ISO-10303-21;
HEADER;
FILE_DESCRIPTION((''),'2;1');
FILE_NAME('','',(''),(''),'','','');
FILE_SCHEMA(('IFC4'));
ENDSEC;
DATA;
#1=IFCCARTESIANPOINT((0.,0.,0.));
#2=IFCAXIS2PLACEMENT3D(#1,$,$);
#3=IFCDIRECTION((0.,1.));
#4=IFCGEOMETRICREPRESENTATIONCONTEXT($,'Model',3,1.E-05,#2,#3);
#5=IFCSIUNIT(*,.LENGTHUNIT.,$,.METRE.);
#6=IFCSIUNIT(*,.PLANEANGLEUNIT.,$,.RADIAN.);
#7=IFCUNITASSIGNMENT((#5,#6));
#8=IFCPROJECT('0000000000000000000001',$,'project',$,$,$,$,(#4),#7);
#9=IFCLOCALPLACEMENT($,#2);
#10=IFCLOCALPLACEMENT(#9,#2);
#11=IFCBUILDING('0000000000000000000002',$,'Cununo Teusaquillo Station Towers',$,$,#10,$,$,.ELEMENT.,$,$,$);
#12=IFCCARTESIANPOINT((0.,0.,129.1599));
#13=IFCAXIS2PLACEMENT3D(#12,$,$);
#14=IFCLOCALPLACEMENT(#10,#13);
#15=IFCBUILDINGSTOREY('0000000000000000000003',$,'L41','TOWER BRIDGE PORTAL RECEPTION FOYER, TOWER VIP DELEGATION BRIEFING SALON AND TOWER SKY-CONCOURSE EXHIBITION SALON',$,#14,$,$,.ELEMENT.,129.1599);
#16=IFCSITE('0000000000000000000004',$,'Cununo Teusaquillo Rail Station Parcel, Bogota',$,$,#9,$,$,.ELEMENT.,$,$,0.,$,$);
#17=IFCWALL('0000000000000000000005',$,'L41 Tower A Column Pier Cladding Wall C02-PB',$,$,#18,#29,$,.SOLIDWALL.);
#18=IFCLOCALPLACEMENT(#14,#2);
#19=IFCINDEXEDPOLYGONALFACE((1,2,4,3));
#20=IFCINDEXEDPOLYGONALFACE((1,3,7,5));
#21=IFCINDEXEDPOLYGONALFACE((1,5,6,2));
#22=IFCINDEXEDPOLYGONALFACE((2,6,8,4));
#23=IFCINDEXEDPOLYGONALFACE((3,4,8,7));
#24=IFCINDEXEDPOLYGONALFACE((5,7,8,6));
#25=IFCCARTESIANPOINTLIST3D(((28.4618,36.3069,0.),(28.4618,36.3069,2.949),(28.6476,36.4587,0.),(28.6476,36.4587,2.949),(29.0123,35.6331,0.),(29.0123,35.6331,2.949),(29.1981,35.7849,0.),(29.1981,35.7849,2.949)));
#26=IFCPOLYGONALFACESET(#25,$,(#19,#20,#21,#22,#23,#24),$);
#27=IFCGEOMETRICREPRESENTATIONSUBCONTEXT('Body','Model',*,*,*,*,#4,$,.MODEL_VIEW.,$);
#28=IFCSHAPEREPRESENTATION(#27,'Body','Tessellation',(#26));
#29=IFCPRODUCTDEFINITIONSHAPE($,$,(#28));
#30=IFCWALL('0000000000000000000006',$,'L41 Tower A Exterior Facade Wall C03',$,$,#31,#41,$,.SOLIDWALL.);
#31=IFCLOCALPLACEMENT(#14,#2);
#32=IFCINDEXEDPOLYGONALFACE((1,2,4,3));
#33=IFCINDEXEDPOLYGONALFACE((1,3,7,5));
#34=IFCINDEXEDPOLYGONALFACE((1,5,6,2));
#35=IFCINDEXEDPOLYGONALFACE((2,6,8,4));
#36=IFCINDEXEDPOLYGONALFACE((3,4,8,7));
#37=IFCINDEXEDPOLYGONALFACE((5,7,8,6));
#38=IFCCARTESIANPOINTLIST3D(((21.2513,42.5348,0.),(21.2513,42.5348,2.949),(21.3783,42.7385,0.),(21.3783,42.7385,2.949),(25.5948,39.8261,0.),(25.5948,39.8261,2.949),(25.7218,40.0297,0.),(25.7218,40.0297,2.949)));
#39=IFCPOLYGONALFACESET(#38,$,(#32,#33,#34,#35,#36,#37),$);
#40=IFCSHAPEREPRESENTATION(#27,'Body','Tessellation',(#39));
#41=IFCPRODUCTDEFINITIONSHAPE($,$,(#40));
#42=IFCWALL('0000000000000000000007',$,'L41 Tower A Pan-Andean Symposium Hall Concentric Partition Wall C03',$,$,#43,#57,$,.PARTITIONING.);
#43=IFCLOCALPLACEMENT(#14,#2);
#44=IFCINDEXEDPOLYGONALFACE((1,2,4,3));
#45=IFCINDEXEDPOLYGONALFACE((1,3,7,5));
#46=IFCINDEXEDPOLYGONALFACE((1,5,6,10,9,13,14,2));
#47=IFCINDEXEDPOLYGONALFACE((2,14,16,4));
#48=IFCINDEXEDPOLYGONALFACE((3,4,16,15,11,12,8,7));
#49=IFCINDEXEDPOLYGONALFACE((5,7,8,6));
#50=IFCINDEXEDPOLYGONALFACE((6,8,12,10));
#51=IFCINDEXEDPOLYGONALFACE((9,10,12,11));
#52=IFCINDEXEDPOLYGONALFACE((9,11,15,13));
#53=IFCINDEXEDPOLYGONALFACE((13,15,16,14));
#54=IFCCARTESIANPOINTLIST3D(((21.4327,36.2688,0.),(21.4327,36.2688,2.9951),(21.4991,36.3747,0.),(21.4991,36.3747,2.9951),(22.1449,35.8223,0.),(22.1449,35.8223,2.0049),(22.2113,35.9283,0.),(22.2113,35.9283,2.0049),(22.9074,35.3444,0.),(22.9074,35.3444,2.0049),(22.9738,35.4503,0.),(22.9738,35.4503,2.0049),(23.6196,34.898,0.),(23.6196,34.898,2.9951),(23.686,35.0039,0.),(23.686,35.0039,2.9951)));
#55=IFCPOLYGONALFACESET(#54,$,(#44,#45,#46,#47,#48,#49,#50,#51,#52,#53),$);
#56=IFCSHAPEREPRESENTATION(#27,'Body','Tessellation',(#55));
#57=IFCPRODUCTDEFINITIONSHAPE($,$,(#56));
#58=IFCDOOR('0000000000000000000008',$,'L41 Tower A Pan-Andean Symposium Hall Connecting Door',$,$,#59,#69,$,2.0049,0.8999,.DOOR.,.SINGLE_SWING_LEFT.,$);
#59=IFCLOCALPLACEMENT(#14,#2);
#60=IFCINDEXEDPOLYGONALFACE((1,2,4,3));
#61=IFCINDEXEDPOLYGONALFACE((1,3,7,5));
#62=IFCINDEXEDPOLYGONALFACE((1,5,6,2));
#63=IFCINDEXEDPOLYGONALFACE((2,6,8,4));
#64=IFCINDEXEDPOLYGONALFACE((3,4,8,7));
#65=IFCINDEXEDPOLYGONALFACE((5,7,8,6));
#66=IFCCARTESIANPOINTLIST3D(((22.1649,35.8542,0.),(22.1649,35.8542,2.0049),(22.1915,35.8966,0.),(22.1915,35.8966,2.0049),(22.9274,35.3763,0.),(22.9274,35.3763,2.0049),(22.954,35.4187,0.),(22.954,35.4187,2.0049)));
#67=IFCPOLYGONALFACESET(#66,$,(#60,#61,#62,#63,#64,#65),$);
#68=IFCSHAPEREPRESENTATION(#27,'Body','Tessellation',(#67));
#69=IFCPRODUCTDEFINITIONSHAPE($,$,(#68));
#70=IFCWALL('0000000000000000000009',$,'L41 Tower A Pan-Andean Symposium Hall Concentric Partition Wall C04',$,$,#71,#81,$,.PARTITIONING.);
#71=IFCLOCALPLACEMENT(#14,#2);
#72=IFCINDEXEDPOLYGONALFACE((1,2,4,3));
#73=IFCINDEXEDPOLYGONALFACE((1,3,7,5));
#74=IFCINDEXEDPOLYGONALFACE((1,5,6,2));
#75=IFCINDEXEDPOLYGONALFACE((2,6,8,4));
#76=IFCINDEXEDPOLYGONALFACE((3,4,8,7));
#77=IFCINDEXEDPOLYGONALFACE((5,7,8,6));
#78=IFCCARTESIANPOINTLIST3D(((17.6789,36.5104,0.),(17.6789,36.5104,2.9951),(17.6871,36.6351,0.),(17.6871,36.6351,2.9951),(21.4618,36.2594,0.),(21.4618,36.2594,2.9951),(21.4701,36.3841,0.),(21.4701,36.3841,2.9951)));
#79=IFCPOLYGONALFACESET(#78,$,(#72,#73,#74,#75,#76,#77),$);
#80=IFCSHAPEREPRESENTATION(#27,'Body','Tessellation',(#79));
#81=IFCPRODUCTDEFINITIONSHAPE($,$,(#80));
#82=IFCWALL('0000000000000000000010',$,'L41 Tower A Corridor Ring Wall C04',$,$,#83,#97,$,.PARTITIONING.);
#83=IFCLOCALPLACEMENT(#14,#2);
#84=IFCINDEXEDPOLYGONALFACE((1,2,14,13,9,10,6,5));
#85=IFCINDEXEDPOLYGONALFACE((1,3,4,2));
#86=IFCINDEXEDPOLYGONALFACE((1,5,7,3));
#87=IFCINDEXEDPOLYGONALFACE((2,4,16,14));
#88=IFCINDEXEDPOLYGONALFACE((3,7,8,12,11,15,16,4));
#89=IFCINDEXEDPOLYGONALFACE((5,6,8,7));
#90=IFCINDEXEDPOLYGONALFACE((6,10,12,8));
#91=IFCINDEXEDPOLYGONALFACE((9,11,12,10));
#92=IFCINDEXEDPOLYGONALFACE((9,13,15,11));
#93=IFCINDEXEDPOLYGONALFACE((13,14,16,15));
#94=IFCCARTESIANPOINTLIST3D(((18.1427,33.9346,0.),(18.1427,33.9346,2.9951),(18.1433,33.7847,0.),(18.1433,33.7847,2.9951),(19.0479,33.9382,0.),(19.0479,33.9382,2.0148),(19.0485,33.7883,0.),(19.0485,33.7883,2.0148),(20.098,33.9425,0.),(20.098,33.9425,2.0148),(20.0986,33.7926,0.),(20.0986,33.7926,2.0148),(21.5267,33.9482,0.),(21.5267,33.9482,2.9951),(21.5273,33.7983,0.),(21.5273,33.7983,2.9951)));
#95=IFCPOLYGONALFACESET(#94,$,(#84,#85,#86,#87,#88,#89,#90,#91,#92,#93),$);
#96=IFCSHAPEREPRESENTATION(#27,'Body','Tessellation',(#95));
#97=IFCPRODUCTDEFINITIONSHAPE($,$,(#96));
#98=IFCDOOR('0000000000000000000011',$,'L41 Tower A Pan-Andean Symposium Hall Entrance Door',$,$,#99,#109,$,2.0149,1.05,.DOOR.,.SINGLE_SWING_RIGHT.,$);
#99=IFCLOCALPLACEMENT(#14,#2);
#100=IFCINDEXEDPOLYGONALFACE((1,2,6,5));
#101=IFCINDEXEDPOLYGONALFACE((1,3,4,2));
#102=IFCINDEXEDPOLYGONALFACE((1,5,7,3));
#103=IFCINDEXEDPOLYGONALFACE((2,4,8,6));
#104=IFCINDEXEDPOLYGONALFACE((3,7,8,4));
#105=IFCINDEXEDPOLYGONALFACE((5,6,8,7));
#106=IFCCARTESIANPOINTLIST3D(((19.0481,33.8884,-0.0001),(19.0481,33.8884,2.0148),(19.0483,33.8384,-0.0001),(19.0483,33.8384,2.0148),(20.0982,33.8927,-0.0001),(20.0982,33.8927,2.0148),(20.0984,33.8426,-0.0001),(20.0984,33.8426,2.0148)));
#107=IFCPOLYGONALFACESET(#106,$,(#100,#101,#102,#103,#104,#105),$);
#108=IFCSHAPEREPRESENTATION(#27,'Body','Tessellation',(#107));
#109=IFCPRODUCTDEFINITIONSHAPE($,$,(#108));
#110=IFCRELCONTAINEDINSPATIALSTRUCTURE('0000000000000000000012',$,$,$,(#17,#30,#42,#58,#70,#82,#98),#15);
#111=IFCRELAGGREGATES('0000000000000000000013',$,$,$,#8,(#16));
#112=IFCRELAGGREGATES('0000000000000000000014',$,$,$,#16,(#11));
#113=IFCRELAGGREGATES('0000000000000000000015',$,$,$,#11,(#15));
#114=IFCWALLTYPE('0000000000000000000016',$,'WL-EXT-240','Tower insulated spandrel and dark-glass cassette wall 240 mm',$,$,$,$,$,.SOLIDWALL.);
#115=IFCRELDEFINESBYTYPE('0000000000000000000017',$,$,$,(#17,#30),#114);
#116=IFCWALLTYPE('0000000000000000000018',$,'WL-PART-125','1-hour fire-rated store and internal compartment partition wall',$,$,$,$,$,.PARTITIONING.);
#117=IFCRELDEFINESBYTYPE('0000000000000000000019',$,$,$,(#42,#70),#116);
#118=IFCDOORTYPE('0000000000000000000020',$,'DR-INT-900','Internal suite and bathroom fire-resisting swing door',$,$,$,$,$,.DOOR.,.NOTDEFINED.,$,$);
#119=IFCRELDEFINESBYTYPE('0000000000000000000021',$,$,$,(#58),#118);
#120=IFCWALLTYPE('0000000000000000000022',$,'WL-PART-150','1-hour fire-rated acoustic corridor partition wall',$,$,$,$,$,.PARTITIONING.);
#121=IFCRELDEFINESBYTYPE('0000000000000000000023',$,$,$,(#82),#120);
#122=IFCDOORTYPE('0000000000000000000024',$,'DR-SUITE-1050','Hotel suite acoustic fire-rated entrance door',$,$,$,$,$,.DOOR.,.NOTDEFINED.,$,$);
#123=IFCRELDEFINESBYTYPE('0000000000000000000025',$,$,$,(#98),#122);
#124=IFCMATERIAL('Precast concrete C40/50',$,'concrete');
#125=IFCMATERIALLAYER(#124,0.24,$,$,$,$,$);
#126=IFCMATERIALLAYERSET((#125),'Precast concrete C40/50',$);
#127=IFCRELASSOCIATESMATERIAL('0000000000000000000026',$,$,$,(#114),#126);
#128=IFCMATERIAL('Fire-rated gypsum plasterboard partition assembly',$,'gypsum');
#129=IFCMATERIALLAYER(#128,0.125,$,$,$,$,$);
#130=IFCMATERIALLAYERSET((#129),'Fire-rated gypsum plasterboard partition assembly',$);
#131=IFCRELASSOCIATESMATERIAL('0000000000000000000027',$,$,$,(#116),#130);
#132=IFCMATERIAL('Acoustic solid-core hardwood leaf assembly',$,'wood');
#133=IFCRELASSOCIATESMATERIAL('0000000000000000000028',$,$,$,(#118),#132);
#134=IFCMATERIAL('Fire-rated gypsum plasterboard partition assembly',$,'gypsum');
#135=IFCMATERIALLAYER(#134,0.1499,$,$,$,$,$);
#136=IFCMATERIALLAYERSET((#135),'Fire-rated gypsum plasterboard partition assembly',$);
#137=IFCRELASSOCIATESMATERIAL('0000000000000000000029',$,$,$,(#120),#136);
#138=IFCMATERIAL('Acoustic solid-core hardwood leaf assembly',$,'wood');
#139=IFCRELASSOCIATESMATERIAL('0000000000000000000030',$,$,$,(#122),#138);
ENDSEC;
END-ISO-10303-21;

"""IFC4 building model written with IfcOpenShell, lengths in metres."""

from ifc_helpers import new_model, si_unit, direction, frame, frame_2d, origin, place, context, subcontext, project, spatial, rectangle, extrude, source, transform, mapped, material, layer, layer_set, type_object, element, fill, save


model = new_model("IFC4")

# Units and contexts
model_context = context("Model", 3, precision=1e-05, world=origin(), true_north=direction((0.0, 1.0)))
body_context = subcontext(model_context, "Body", "Model", "MODEL_VIEW")
ifc_project = project(units=[si_unit("LENGTHUNIT", "METRE"), si_unit("PLANEANGLEUNIT", "RADIAN")], contexts=[model_context])

# Site, building, storey
site_placement = place(None, origin())
site = spatial("IfcSite", under=ifc_project, at=site_placement, Name="Cununo Teusaquillo Rail Station Parcel, Bogota", CompositionType="ELEMENT", RefElevation=0.0)
building_placement = place(site_placement, origin())
building = spatial("IfcBuilding", under=site, at=building_placement, Name="Cununo Teusaquillo Station Towers", CompositionType="ELEMENT")
storey_placement = place(building_placement, frame((0.0, 0.0, 129.1599)))
storey = spatial("IfcBuildingStorey", under=building, at=storey_placement, Name="L41", Description="TOWER BRIDGE PORTAL RECEPTION FOYER, TOWER VIP DELEGATION BRIEFING SALON AND TOWER SKY-CONCOURSE EXHIBITION SALON", CompositionType="ELEMENT", Elevation=129.1599)

# Walls
ifc_material_1 = material(Name="Precast concrete C40/50", Category="concrete")
ifc_layer_1 = layer(ifc_material_1, 0.24)
ifc_layer_set_1 = layer_set([ifc_layer_1], Name="Precast concrete C40/50")
wall_type_1 = type_object("IfcWallType", Name="WL-EXT-240", Description="Tower insulated spandrel and dark-glass cassette wall 240 mm", PredefinedType="SOLIDWALL", material=ifc_layer_set_1)
wall_1_placement = place(storey_placement, frame((28.5547, 36.3828, 0.0), z_axis=(0.0, 0.0, 1.0), x_axis=(0.632703, -0.774395, 0.0)))
element("IfcWall", 1, at=wall_1_placement, inside=storey, type_object=wall_type_1, Name="L41 Tower A Column Pier Cladding Wall C02-PB", PredefinedType="SOLIDWALL", context=body_context, shape_type="SweptSolid", body=[
    extrude(rectangle(XDim=0.8701, YDim=0.24, at=frame_2d((0.4351, 0.0))), origin(), (0.0, 0.0, 1.0), 2.949),
])
wall_2_placement = place(storey_placement, frame((21.3147, 42.6367, 0.0), z_axis=(0.0, 0.0, 1.0), x_axis=(0.84852, -0.529163, 0.0)))
element("IfcWall", 2, at=wall_2_placement, inside=storey, type_object=wall_type_1, Name="L41 Tower A Exterior Facade Wall C03", PredefinedType="SOLIDWALL", context=body_context, shape_type="SweptSolid", body=[
    extrude(rectangle(XDim=5.1189, YDim=0.24, at=frame_2d((2.5596, 0.0))), origin(), (0.0, 0.0, 1.0), 2.949),
])

# Wall, opening, door
ifc_material_2 = material(Name="Fire-rated gypsum plasterboard partition assembly", Category="gypsum")
ifc_layer_2 = layer(ifc_material_2, 0.125)
ifc_layer_set_2 = layer_set([ifc_layer_2], Name="Fire-rated gypsum plasterboard partition assembly")
wall_type_2 = type_object("IfcWallType", Name="WL-PART-125", Description="1-hour fire-rated store and internal compartment partition wall", PredefinedType="PARTITIONING", material=ifc_layer_set_2)
wall_3_placement = place(storey_placement, frame((23.6528, 34.9509, 0.0), z_axis=(0.0, 0.0, 1.0), x_axis=(-0.847307, 0.531104, 0.0)))
wall_3 = element("IfcWall", 3, at=wall_3_placement, inside=storey, type_object=wall_type_2, Name="L41 Tower A Pan-Andean Symposium Hall Concentric Partition Wall C03", PredefinedType="PARTITIONING", context=body_context, shape_type="SweptSolid", body=[
    extrude(rectangle(XDim=2.5811, YDim=0.125, at=frame_2d((1.2905, 0.0))), origin(), (0.0, 0.0, 1.0), 2.9951),
])
shared_shape_1 = source(origin(), body_context, "Body", "SweptSolid", [
    extrude(rectangle(XDim=0.8999, YDim=2.0049, at=frame_2d((0.45, 1.0024))), frame((0.0, 0.0725, 0.0), z_axis=(0.0, -1.0, 0.0), x_axis=(1.0, 0.0, 0.0)), (0.0, 0.0, 1.0), 0.145),
])
opening_1_placement = place(wall_3_placement, frame((0.8406, 0.0, 0.0)))
opening_1 = element("IfcOpeningElement", 4, at=opening_1_placement, cuts=wall_3, PredefinedType="OPENING", context=body_context, shape_type="MappedRepresentation", body=[
    mapped(shared_shape_1, transform((0.0, 0.0, 0.0), x_axis=(1.0, 0.0, 0.0), y_axis=(0.0, 1.0, 0.0), z_axis=(0.0, 0.0, 1.0), scale=1.0)),
])
ifc_material_3 = material(Name="Acoustic solid-core hardwood leaf assembly", Category="wood")
door_type_1 = type_object("IfcDoorType", Name="DR-INT-900", Description="Internal suite and bathroom fire-resisting swing door", OperationType="NOTDEFINED", PredefinedType="DOOR", material=ifc_material_3)
shared_shape_2 = source(origin(), body_context, "Body", "SweptSolid", [
    extrude(rectangle(XDim=0.8999, YDim=2.0049, at=frame_2d((0.45, 1.0024))), frame((0.0, 0.0249, 0.0), z_axis=(0.0, -1.0, 0.0), x_axis=(1.0, 0.0, 0.0)), (0.0, 0.0, 1.0), 0.05),
])
door_1_placement = place(opening_1_placement, origin())
door_1 = element("IfcDoor", 5, at=door_1_placement, inside=storey, type_object=door_type_1, Name="L41 Tower A Pan-Andean Symposium Hall Connecting Door", OperationType="SINGLE_SWING_LEFT", OverallHeight=2.0049, OverallWidth=0.8999, PredefinedType="DOOR", context=body_context, shape_type="MappedRepresentation", body=[
    mapped(shared_shape_2, transform((0.0, 0.0, 0.0), x_axis=(1.0, 0.0, 0.0), y_axis=(0.0, 1.0, 0.0), z_axis=(0.0, 0.0, 1.0), scale=1.0)),
])
fill(opening_1, door_1)

# Wall
wall_4_placement = place(storey_placement, frame((21.4658, 36.3218, 0.0), z_axis=(0.0, 0.0, 1.0), x_axis=(-0.997806, 0.066198, 0.0)))
element("IfcWall", 6, at=wall_4_placement, inside=storey, type_object=wall_type_2, Name="L41 Tower A Pan-Andean Symposium Hall Concentric Partition Wall C04", PredefinedType="PARTITIONING", context=body_context, shape_type="SweptSolid", body=[
    extrude(rectangle(XDim=3.7913, YDim=0.125, at=frame_2d((1.8955, 0.0))), origin(), (0.0, 0.0, 1.0), 2.9951),
])

# Wall, opening, door
ifc_material_4 = material(Name="Fire-rated gypsum plasterboard partition assembly", Category="gypsum")
ifc_layer_3 = layer(ifc_material_4, 0.1499)
ifc_layer_set_3 = layer_set([ifc_layer_3], Name="Fire-rated gypsum plasterboard partition assembly")
wall_type_3 = type_object("IfcWallType", Name="WL-PART-150", Description="1-hour fire-rated acoustic corridor partition wall", PredefinedType="PARTITIONING", material=ifc_layer_set_3)
wall_5_placement = place(storey_placement, frame((21.5269, 33.8733, 0.0), z_axis=(0.0, 0.0, 1.0), x_axis=(-0.999992, -0.00404, 0.0)))
wall_5 = element("IfcWall", 7, at=wall_5_placement, inside=storey, type_object=wall_type_3, Name="L41 Tower A Corridor Ring Wall C04", PredefinedType="PARTITIONING", context=body_context, shape_type="SweptSolid", body=[
    extrude(rectangle(XDim=3.384, YDim=0.1499, at=frame_2d((1.6919, 0.0))), origin(), (0.0, 0.0, 1.0), 2.9951),
])
shared_shape_3 = source(origin(), body_context, "Body", "SweptSolid", [
    extrude(rectangle(XDim=1.05, YDim=2.0149, at=frame_2d((0.5249, 1.0073))), frame((0.0, 0.085, 0.0), z_axis=(0.0, -1.0, 0.0), x_axis=(1.0, 0.0, 0.0)), (0.0, 0.0, 1.0), 0.1699),
])
opening_2_placement = place(wall_5_placement, frame((1.4287, 0.0, 0.0)))
opening_2 = element("IfcOpeningElement", 8, at=opening_2_placement, cuts=wall_5, PredefinedType="OPENING", context=body_context, shape_type="MappedRepresentation", body=[
    mapped(shared_shape_3, transform((0.0, 0.0, 0.0), x_axis=(1.0, 0.0, 0.0), y_axis=(0.0, 1.0, 0.0), z_axis=(0.0, 0.0, 1.0), scale=1.0)),
])
ifc_material_5 = material(Name="Acoustic solid-core hardwood leaf assembly", Category="wood")
door_type_2 = type_object("IfcDoorType", Name="DR-SUITE-1050", Description="Hotel suite acoustic fire-rated entrance door", OperationType="NOTDEFINED", PredefinedType="DOOR", material=ifc_material_5)
shared_shape_4 = source(origin(), body_context, "Body", "SweptSolid", [
    extrude(rectangle(XDim=1.05, YDim=2.0149, at=frame_2d((0.5249, 1.0073))), frame((0.0, 0.0249, 0.0), z_axis=(0.0, -1.0, 0.0), x_axis=(1.0, 0.0, 0.0)), (0.0, 0.0, 1.0), 0.05),
])
door_2_placement = place(opening_2_placement, origin())
door_2 = element("IfcDoor", 9, at=door_2_placement, inside=storey, type_object=door_type_2, Name="L41 Tower A Pan-Andean Symposium Hall Entrance Door", OperationType="SINGLE_SWING_RIGHT", OverallHeight=2.0149, OverallWidth=1.05, PredefinedType="DOOR", context=body_context, shape_type="MappedRepresentation", body=[
    mapped(shared_shape_4, transform((0.0, 0.0, 0.0), x_axis=(1.0, 0.0, 0.0), y_axis=(0.0, 1.0, 0.0), z_axis=(0.0, 0.0, 1.0), scale=1.0)),
])
fill(opening_2, door_2)

save(model, "model.ifc")
